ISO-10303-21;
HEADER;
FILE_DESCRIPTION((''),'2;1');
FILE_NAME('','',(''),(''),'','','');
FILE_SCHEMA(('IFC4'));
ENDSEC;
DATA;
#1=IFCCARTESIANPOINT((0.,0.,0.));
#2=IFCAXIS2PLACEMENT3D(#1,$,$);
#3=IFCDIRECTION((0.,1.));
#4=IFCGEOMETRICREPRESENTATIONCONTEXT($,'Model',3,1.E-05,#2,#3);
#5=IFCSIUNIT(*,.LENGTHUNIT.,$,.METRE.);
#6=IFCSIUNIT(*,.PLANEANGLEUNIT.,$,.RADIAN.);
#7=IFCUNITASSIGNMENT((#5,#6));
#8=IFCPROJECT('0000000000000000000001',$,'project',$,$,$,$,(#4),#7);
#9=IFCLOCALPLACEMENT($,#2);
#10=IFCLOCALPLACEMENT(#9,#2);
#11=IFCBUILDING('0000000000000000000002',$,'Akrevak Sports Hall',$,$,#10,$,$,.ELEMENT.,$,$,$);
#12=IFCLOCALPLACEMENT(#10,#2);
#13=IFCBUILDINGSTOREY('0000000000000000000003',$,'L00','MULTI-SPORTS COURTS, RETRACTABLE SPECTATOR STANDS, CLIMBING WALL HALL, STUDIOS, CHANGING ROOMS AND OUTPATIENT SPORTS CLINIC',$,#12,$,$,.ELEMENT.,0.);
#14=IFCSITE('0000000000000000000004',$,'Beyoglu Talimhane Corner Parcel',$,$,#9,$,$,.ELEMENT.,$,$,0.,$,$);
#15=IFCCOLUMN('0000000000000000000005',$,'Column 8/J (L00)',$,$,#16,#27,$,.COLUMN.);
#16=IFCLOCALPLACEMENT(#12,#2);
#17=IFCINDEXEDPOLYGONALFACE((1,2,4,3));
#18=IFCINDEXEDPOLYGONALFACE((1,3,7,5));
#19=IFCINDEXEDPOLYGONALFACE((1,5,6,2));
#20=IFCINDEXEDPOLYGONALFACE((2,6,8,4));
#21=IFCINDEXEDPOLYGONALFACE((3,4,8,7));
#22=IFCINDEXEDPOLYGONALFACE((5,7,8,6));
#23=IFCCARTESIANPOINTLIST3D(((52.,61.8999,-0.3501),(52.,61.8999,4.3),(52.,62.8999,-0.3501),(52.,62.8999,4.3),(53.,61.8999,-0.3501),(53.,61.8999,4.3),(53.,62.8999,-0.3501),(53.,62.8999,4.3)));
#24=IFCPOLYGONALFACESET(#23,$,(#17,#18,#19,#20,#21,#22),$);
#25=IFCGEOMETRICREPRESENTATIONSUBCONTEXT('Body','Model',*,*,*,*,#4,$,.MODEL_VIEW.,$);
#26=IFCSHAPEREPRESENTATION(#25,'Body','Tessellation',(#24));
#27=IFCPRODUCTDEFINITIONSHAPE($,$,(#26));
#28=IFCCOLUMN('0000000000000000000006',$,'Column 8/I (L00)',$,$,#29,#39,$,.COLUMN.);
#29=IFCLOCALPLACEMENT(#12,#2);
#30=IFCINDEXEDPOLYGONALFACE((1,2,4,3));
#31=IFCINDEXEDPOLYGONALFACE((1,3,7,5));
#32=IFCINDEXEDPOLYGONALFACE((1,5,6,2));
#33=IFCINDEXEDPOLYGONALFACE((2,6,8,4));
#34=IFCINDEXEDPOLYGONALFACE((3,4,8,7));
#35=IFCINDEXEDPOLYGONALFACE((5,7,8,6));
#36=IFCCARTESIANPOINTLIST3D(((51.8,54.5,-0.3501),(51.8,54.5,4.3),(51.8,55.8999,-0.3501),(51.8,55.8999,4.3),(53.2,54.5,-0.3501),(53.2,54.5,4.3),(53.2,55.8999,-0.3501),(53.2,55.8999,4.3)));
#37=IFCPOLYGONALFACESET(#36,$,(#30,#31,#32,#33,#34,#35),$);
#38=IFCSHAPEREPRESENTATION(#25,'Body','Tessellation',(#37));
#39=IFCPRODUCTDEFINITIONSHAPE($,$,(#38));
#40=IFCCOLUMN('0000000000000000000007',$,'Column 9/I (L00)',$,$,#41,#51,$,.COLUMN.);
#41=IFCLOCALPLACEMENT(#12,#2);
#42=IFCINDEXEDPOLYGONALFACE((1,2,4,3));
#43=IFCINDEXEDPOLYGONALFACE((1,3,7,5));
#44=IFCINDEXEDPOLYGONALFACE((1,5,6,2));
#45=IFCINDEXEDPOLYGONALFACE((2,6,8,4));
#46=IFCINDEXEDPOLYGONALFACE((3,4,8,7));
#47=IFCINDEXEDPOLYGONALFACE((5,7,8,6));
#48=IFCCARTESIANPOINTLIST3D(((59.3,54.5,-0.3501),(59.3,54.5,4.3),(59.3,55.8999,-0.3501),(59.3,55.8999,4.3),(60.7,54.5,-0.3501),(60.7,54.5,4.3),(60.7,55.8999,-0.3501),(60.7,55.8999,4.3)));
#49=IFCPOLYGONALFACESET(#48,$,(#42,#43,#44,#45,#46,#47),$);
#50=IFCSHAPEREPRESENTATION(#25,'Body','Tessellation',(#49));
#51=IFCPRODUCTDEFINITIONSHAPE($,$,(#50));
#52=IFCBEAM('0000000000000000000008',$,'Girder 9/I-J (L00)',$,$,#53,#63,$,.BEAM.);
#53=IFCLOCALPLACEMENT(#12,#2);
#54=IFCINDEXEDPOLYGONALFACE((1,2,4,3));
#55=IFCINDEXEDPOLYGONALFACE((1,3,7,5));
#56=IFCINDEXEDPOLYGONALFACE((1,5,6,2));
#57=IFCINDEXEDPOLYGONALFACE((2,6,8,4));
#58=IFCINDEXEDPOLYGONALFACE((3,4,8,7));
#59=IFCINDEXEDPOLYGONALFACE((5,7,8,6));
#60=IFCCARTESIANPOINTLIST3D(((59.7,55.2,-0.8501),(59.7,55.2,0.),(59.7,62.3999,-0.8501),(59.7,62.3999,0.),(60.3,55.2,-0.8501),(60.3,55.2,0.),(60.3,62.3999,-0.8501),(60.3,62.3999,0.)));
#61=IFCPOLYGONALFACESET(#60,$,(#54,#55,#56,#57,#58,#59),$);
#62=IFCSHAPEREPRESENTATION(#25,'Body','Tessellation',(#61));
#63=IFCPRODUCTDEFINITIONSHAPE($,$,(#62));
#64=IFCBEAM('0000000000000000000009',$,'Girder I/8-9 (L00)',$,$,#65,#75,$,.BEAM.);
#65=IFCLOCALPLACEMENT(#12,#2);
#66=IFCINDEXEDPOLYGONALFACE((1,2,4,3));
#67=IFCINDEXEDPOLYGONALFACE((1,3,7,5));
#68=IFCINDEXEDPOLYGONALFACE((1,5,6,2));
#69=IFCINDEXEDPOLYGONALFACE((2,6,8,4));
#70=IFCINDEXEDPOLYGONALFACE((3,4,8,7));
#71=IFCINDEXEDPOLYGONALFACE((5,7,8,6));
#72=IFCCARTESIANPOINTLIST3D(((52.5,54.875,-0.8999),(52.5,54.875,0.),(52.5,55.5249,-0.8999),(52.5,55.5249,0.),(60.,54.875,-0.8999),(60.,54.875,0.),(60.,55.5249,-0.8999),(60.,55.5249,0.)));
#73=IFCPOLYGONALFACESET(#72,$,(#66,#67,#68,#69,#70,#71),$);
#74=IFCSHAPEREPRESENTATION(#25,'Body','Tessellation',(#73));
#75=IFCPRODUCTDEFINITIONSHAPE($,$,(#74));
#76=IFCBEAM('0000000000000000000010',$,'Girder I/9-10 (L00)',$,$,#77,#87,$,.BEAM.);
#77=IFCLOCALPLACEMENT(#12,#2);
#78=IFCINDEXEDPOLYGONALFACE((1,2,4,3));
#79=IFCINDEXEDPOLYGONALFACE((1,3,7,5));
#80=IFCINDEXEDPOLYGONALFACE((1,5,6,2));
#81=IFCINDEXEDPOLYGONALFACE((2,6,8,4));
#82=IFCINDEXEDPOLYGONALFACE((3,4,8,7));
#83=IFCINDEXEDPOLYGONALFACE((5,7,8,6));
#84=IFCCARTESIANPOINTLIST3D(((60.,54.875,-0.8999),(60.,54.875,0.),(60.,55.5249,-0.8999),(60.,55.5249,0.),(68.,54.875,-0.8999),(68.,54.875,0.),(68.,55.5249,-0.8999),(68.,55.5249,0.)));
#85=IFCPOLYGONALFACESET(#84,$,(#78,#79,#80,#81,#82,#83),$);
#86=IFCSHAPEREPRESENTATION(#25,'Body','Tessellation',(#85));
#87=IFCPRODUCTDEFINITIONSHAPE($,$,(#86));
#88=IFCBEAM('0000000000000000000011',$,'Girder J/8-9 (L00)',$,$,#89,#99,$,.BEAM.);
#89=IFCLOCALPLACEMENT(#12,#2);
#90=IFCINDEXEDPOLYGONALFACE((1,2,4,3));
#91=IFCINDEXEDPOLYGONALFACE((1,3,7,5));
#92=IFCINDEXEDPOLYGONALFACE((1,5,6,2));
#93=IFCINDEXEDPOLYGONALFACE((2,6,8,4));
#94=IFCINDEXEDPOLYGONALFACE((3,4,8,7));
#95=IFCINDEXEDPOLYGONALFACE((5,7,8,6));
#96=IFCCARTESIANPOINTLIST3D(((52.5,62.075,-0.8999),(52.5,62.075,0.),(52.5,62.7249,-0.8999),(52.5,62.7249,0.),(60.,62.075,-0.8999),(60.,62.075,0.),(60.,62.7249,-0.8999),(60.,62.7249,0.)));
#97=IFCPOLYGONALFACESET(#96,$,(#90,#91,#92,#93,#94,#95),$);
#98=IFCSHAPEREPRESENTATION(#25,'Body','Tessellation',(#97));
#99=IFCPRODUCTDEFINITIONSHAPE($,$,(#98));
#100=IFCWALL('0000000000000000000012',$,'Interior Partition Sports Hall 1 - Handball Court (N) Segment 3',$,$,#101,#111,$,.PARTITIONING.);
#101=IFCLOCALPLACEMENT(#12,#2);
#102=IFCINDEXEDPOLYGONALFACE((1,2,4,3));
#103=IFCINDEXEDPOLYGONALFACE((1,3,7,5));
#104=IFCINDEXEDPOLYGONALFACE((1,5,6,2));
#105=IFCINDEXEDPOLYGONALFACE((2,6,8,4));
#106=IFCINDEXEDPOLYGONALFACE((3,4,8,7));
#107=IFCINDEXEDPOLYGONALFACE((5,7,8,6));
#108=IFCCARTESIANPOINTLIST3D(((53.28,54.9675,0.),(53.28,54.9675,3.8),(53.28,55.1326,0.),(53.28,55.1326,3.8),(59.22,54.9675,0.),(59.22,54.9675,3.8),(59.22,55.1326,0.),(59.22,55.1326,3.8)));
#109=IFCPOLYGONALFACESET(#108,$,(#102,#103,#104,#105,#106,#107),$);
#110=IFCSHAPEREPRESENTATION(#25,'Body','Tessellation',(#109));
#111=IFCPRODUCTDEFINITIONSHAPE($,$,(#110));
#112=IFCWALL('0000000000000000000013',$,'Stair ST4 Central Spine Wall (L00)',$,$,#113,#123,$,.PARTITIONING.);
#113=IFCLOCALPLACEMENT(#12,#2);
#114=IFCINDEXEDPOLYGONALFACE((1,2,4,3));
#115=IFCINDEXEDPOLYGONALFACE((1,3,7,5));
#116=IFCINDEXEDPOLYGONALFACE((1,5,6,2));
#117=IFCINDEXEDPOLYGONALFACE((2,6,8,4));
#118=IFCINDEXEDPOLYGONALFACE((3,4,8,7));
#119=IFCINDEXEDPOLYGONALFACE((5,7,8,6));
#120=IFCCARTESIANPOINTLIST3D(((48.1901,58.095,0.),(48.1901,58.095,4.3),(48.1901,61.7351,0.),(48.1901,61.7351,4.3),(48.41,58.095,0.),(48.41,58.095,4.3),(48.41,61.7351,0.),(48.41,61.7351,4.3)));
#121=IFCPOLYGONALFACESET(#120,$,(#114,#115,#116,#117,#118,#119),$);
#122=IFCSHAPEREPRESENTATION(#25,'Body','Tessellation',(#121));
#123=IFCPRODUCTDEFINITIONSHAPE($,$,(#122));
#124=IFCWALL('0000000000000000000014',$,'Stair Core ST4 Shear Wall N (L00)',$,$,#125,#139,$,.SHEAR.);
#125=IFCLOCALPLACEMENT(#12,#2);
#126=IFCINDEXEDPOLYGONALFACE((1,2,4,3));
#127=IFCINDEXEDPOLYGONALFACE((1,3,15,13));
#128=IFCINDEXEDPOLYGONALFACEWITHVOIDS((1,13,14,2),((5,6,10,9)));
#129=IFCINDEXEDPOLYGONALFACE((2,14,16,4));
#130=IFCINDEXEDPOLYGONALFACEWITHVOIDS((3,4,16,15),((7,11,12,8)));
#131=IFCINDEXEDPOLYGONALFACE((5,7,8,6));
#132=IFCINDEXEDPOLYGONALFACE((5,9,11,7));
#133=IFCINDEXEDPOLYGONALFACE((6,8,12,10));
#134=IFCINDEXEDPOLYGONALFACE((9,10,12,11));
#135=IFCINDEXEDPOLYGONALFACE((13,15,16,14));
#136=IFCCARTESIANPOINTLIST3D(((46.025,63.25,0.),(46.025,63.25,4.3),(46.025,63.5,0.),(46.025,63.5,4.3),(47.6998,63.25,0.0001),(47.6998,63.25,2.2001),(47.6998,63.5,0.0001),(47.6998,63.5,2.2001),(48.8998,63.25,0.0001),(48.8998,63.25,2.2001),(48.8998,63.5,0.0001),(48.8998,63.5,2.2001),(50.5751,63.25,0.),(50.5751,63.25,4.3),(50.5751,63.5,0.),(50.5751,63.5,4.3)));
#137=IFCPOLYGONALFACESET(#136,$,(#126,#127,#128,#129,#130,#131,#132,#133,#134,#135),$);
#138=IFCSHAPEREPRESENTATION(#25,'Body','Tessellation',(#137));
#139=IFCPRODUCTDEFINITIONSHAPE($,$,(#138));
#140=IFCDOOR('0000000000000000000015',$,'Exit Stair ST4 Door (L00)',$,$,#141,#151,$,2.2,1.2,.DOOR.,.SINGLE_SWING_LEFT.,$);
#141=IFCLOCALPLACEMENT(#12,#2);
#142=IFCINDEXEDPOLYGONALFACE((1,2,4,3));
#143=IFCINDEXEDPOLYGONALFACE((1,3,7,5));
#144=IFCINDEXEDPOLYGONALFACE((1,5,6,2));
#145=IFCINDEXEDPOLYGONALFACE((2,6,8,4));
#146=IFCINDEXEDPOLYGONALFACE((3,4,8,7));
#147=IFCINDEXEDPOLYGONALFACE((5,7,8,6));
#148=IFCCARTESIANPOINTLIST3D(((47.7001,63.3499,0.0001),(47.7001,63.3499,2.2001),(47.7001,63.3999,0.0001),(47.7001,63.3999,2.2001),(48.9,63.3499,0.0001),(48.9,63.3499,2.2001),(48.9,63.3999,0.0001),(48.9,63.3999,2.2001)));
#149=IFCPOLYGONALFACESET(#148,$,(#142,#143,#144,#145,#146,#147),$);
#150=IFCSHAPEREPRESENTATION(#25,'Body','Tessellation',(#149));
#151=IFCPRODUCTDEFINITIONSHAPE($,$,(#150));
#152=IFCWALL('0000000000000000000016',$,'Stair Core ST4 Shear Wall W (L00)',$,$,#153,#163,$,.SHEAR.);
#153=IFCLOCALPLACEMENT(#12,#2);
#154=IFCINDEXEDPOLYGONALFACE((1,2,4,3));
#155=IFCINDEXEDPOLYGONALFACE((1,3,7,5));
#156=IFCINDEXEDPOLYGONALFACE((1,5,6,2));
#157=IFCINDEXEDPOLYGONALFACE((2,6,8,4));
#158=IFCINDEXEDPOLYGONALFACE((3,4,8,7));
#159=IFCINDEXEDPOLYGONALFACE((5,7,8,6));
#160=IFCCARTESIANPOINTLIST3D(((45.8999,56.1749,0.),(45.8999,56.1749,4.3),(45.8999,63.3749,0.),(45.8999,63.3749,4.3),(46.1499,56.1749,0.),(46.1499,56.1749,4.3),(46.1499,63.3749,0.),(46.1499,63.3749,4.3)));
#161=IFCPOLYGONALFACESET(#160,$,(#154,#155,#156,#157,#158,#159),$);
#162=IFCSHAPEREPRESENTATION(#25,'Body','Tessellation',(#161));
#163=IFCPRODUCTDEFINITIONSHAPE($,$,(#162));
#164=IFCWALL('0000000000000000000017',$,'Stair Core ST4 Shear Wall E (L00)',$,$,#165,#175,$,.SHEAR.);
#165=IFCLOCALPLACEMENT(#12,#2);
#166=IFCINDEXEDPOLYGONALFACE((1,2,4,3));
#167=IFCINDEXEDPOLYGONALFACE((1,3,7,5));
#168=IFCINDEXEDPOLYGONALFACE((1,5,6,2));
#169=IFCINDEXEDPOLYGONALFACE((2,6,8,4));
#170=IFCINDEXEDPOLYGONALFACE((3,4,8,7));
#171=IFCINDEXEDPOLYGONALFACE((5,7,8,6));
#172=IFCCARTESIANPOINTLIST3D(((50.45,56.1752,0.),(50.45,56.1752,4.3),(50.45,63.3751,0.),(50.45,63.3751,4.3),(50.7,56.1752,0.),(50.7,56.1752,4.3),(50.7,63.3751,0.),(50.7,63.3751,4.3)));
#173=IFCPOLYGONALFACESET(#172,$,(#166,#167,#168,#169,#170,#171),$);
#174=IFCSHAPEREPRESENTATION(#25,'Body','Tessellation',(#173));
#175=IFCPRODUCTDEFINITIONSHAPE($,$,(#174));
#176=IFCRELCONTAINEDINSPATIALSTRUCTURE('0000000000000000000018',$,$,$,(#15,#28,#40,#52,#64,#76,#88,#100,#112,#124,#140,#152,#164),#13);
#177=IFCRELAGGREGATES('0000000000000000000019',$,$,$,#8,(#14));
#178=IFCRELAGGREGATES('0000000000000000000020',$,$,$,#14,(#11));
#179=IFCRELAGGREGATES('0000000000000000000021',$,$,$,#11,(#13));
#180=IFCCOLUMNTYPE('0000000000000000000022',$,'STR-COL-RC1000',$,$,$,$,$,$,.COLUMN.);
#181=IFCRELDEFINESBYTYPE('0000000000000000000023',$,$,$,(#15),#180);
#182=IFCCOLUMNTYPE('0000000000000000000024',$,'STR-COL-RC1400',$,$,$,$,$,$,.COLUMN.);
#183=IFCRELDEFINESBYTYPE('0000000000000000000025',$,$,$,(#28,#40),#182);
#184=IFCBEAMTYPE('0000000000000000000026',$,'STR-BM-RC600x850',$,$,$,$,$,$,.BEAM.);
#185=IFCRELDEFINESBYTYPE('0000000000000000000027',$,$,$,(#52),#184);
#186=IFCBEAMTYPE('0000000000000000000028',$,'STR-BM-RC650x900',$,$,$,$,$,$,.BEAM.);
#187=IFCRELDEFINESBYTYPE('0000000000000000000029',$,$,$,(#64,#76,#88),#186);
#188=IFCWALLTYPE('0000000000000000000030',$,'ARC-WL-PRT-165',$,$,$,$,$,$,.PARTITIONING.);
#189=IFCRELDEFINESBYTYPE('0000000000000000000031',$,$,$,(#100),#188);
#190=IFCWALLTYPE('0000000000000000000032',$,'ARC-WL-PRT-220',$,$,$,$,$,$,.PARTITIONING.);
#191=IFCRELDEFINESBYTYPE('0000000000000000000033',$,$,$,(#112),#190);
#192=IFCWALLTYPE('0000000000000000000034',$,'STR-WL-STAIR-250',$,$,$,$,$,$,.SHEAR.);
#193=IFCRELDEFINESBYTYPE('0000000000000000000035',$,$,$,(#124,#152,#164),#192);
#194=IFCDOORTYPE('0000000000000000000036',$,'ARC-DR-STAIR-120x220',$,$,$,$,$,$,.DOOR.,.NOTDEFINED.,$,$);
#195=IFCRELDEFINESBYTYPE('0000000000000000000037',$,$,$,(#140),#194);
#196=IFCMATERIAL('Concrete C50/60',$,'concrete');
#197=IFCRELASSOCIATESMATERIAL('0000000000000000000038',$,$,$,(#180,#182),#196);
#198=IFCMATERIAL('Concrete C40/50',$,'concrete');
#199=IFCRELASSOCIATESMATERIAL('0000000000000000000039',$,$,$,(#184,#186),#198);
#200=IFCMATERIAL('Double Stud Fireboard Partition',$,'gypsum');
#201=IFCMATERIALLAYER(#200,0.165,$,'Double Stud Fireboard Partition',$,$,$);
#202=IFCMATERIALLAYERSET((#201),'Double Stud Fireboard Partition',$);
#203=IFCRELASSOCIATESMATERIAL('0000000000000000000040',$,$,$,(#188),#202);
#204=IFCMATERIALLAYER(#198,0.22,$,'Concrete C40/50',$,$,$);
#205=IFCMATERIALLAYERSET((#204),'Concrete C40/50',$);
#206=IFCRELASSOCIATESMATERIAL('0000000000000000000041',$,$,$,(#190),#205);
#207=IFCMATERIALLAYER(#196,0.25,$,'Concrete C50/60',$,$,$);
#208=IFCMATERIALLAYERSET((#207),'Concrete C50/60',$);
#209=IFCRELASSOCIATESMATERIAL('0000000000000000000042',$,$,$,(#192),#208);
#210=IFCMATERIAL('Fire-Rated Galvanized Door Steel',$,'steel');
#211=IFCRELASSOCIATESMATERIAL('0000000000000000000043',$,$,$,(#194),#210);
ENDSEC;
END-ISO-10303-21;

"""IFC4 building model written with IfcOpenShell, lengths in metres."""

from ifc_helpers import new_model, si_unit, direction, frame, frame_2d, origin, origin_2d, place, context, subcontext, project, spatial, rectangle, extrude, material, layer, layer_set, material_profile, profile_set, type_object, element, fill, save


model = new_model("IFC4")

# Units and contexts
model_context = context("Model", 3, precision=1e-05, world=origin(), true_north=direction((0.0, 1.0)))
body_context = subcontext(model_context, "Body", "Model", "MODEL_VIEW")
ifc_project = project(units=[si_unit("LENGTHUNIT", "METRE"), si_unit("PLANEANGLEUNIT", "RADIAN")], contexts=[model_context])

# Site, building, storey
site_placement = place(None, origin())
site = spatial("IfcSite", under=ifc_project, at=site_placement, Name="Beyoglu Talimhane Corner Parcel", CompositionType="ELEMENT", RefElevation=0.0)
building_placement = place(site_placement, origin())
building = spatial("IfcBuilding", under=site, at=building_placement, Name="Akrevak Sports Hall", CompositionType="ELEMENT")
storey_placement = place(building_placement, origin())
storey = spatial("IfcBuildingStorey", under=building, at=storey_placement, Name="L00", Description="MULTI-SPORTS COURTS, RETRACTABLE SPECTATOR STANDS, CLIMBING WALL HALL, STUDIOS, CHANGING ROOMS AND OUTPATIENT SPORTS CLINIC", CompositionType="ELEMENT", Elevation=0.0)

# Columns
ifc_material_1 = material(Name="Concrete C50/60", Category="concrete")
ifc_material_profile_1 = material_profile(ifc_material_1, rectangle(XDim=1.0, YDim=1.0, at=origin_2d()), Name="RC 1000x1000", Category="concrete")
ifc_profile_set_1 = profile_set([ifc_material_profile_1], Name="Concrete C50/60")
column_type_1 = type_object("IfcColumnType", Name="STR-COL-RC1000", PredefinedType="COLUMN", material=ifc_profile_set_1)
column_placement = place(storey_placement, frame((52.5, 62.3999, -0.3501), z_axis=(0.0, 0.0, 1.0), x_axis=(1.0, 0.0, 0.0)))
element("IfcColumn", 1, at=column_placement, inside=storey, type_object=column_type_1, Name="Column 8/J (L00)", PredefinedType="COLUMN", context=body_context, shape_type="SweptSolid", body=[
    extrude(rectangle(XDim=1.0, YDim=1.0, at=origin_2d()), origin(), (0.0, 0.0, 1.0), 4.6501),
])
ifc_material_profile_2 = material_profile(ifc_material_1, rectangle(XDim=1.3999, YDim=1.3999, at=origin_2d()), Name="RC 1400x1400", Category="concrete")
ifc_profile_set_2 = profile_set([ifc_material_profile_2], Name="Concrete C50/60")
column_type_2 = type_object("IfcColumnType", Name="STR-COL-RC1400", PredefinedType="COLUMN", material=ifc_profile_set_2)
for number, where, z_axis, x_axis, name in (
    (2, (52.5, 55.2, -0.3501), (0.0, 0.0, 1.0), (1.0, 0.0, 0.0), "Column 8/I (L00)"),
    (3, (60.0, 55.2, -0.3501), (0.0, 0.0, 1.0), (1.0, 0.0, 0.0), "Column 9/I (L00)"),
):
    element("IfcColumn", number, at=place(storey_placement, frame(where, z_axis=z_axis, x_axis=x_axis)), inside=storey, type_object=column_type_2, Name=name, PredefinedType="COLUMN", context=body_context, shape_type="SweptSolid", body=[
        extrude(rectangle(XDim=1.3999, YDim=1.3999, at=origin_2d()), origin(), (0.0, 0.0, 1.0), 4.6501),
    ])

# Beams
ifc_material_2 = material(Name="Concrete C40/50", Category="concrete")
ifc_material_profile_3 = material_profile(ifc_material_2, rectangle(XDim=0.6001, YDim=0.8501, at=origin_2d()), Name="BM 600x850", Category="concrete")
ifc_profile_set_3 = profile_set([ifc_material_profile_3], Name="Concrete C40/50")
beam_type_1 = type_object("IfcBeamType", Name="STR-BM-RC600x850", PredefinedType="BEAM", material=ifc_profile_set_3)
beam_1_placement = place(storey_placement, frame((60.0, 55.2, -0.425), z_axis=(0.0, 1.0, 0.0), x_axis=(-1.0, 0.0, 0.0)))
element("IfcBeam", 4, at=beam_1_placement, inside=storey, type_object=beam_type_1, Name="Girder 9/I-J (L00)", PredefinedType="BEAM", context=body_context, shape_type="SweptSolid", body=[
    extrude(rectangle(XDim=0.6001, YDim=0.8501, at=origin_2d()), origin(), (0.0, 0.0, 1.0), 7.2),
])
ifc_material_profile_4 = material_profile(ifc_material_2, rectangle(XDim=0.6499, YDim=0.8999, at=origin_2d()), Name="BM 650x900", Category="concrete")
ifc_profile_set_4 = profile_set([ifc_material_profile_4], Name="Concrete C40/50")
beam_type_2 = type_object("IfcBeamType", Name="STR-BM-RC650x900", PredefinedType="BEAM", material=ifc_profile_set_4)
beam_2_placement = place(storey_placement, frame((52.5, 55.2, -0.45), z_axis=(1.0, 0.0, 0.0), x_axis=(0.0, 1.0, 0.0)))
element("IfcBeam", 5, at=beam_2_placement, inside=storey, type_object=beam_type_2, Name="Girder I/8-9 (L00)", PredefinedType="BEAM", context=body_context, shape_type="SweptSolid", body=[
    extrude(rectangle(XDim=0.6499, YDim=0.8999, at=origin_2d()), origin(), (0.0, 0.0, 1.0), 7.5),
])
beam_3_placement = place(storey_placement, frame((60.0, 55.2, -0.45), z_axis=(1.0, 0.0, 0.0), x_axis=(0.0, 1.0, 0.0)))
element("IfcBeam", 6, at=beam_3_placement, inside=storey, type_object=beam_type_2, Name="Girder I/9-10 (L00)", PredefinedType="BEAM", context=body_context, shape_type="SweptSolid", body=[
    extrude(rectangle(XDim=0.6499, YDim=0.8999, at=origin_2d()), origin(), (0.0, 0.0, 1.0), 8.0),
])
beam_4_placement = place(storey_placement, frame((52.5, 62.3999, -0.45), z_axis=(1.0, 0.0, 0.0), x_axis=(0.0, 1.0, 0.0)))
element("IfcBeam", 7, at=beam_4_placement, inside=storey, type_object=beam_type_2, Name="Girder J/8-9 (L00)", PredefinedType="BEAM", context=body_context, shape_type="SweptSolid", body=[
    extrude(rectangle(XDim=0.6499, YDim=0.8999, at=origin_2d()), origin(), (0.0, 0.0, 1.0), 7.5),
])

# Walls
ifc_material_3 = material(Name="Double Stud Fireboard Partition", Category="gypsum")
ifc_layer_1 = layer(ifc_material_3, 0.165, Name="Double Stud Fireboard Partition")
ifc_layer_set_1 = layer_set([ifc_layer_1], Name="Double Stud Fireboard Partition")
wall_type_1 = type_object("IfcWallType", Name="ARC-WL-PRT-165", PredefinedType="PARTITIONING", material=ifc_layer_set_1)
wall_1_placement = place(storey_placement, frame((53.28, 55.05, 0.0), z_axis=(0.0, 0.0, 1.0), x_axis=(1.0, 0.0, 0.0)))
element("IfcWall", 8, at=wall_1_placement, inside=storey, type_object=wall_type_1, Name="Interior Partition Sports Hall 1 - Handball Court (N) Segment 3", PredefinedType="PARTITIONING", context=body_context, shape_type="SweptSolid", body=[
    extrude(rectangle(XDim=5.9399, YDim=0.165, at=frame_2d((2.97, 0.0))), origin(), (0.0, 0.0, 1.0), 3.8),
])
ifc_layer_2 = layer(ifc_material_2, 0.22, Name="Concrete C40/50")
ifc_layer_set_2 = layer_set([ifc_layer_2], Name="Concrete C40/50")
wall_type_2 = type_object("IfcWallType", Name="ARC-WL-PRT-220", PredefinedType="PARTITIONING", material=ifc_layer_set_2)
wall_2_placement = place(storey_placement, frame((48.3, 58.095, 0.0), z_axis=(0.0, 0.0, 1.0), x_axis=(0.0, 1.0, 0.0)))
element("IfcWall", 9, at=wall_2_placement, inside=storey, type_object=wall_type_2, Name="Stair ST4 Central Spine Wall (L00)", PredefinedType="PARTITIONING", context=body_context, shape_type="SweptSolid", body=[
    extrude(rectangle(XDim=3.6401, YDim=0.22, at=frame_2d((1.8201, 0.0))), origin(), (0.0, 0.0, 1.0), 4.3),
])

# Wall, opening, door
ifc_layer_3 = layer(ifc_material_1, 0.25, Name="Concrete C50/60")
ifc_layer_set_3 = layer_set([ifc_layer_3], Name="Concrete C50/60")
wall_type_3 = type_object("IfcWallType", Name="STR-WL-STAIR-250", PredefinedType="SHEAR", material=ifc_layer_set_3)
wall_3_placement = place(storey_placement, frame((50.575, 63.375, 0.0), z_axis=(0.0, 0.0, 1.0), x_axis=(-1.0, 0.0, 0.0)))
wall_3 = element("IfcWall", 10, at=wall_3_placement, inside=storey, type_object=wall_type_3, Name="Stair Core ST4 Shear Wall N (L00)", PredefinedType="SHEAR", context=body_context, shape_type="SweptSolid", body=[
    extrude(rectangle(XDim=4.55, YDim=0.25, at=frame_2d((2.2749, 0.0))), origin(), (0.0, 0.0, 1.0), 4.3),
])
opening_placement = place(wall_3_placement, frame((1.675, 0.0, 0.0)))
opening = element("IfcOpeningElement", 11, at=opening_placement, cuts=wall_3, PredefinedType="OPENING", context=body_context, shape_type="SweptSolid", body=[
    extrude(rectangle(XDim=1.2, YDim=2.2, at=frame_2d((0.6001, 1.1001))), frame((0.0, 0.137, 0.0), z_axis=(0.0, -1.0, 0.0), x_axis=(1.0, 0.0, 0.0)), (0.0, 0.0, 1.0), 0.2739),
])
ifc_material_4 = material(Name="Fire-Rated Galvanized Door Steel", Category="steel")
door_type = type_object("IfcDoorType", Name="ARC-DR-STAIR-120x220", OperationType="NOTDEFINED", PredefinedType="DOOR", material=ifc_material_4)
door_placement = place(opening_placement, frame((1.2, 0.0, 0.0), z_axis=(0.0, 0.0, 1.0), x_axis=(-1.0, 0.0, 0.0)))
door = element("IfcDoor", 12, at=door_placement, inside=storey, type_object=door_type, Name="Exit Stair ST4 Door (L00)", OperationType="SINGLE_SWING_LEFT", OverallHeight=2.2, OverallWidth=1.2, PredefinedType="DOOR", context=body_context, shape_type="SweptSolid", body=[
    extrude(rectangle(XDim=1.2, YDim=2.2, at=frame_2d((0.6001, 1.1001))), frame((0.0, 0.0249, 0.0), z_axis=(0.0, -1.0, 0.0), x_axis=(1.0, 0.0, 0.0)), (0.0, 0.0, 1.0), 0.05),
])
fill(opening, door)

# Walls
for number, where, z_axis, x_axis, name in (
    (13, (46.0249, 63.375, 0.0), (0.0, 0.0, 1.0), (0.0, -1.0, 0.0), "Stair Core ST4 Shear Wall W (L00)"),
    (14, (50.575, 56.175, 0.0), (0.0, 0.0, 1.0), (0.0, 1.0, 0.0), "Stair Core ST4 Shear Wall E (L00)"),
):
    element("IfcWall", number, at=place(storey_placement, frame(where, z_axis=z_axis, x_axis=x_axis)), inside=storey, type_object=wall_type_3, Name=name, PredefinedType="SHEAR", context=body_context, shape_type="SweptSolid", body=[
        extrude(rectangle(XDim=7.2, YDim=0.25, at=frame_2d((3.6001, 0.0))), origin(), (0.0, 0.0, 1.0), 4.3),
    ])

save(model, "model.ifc")
